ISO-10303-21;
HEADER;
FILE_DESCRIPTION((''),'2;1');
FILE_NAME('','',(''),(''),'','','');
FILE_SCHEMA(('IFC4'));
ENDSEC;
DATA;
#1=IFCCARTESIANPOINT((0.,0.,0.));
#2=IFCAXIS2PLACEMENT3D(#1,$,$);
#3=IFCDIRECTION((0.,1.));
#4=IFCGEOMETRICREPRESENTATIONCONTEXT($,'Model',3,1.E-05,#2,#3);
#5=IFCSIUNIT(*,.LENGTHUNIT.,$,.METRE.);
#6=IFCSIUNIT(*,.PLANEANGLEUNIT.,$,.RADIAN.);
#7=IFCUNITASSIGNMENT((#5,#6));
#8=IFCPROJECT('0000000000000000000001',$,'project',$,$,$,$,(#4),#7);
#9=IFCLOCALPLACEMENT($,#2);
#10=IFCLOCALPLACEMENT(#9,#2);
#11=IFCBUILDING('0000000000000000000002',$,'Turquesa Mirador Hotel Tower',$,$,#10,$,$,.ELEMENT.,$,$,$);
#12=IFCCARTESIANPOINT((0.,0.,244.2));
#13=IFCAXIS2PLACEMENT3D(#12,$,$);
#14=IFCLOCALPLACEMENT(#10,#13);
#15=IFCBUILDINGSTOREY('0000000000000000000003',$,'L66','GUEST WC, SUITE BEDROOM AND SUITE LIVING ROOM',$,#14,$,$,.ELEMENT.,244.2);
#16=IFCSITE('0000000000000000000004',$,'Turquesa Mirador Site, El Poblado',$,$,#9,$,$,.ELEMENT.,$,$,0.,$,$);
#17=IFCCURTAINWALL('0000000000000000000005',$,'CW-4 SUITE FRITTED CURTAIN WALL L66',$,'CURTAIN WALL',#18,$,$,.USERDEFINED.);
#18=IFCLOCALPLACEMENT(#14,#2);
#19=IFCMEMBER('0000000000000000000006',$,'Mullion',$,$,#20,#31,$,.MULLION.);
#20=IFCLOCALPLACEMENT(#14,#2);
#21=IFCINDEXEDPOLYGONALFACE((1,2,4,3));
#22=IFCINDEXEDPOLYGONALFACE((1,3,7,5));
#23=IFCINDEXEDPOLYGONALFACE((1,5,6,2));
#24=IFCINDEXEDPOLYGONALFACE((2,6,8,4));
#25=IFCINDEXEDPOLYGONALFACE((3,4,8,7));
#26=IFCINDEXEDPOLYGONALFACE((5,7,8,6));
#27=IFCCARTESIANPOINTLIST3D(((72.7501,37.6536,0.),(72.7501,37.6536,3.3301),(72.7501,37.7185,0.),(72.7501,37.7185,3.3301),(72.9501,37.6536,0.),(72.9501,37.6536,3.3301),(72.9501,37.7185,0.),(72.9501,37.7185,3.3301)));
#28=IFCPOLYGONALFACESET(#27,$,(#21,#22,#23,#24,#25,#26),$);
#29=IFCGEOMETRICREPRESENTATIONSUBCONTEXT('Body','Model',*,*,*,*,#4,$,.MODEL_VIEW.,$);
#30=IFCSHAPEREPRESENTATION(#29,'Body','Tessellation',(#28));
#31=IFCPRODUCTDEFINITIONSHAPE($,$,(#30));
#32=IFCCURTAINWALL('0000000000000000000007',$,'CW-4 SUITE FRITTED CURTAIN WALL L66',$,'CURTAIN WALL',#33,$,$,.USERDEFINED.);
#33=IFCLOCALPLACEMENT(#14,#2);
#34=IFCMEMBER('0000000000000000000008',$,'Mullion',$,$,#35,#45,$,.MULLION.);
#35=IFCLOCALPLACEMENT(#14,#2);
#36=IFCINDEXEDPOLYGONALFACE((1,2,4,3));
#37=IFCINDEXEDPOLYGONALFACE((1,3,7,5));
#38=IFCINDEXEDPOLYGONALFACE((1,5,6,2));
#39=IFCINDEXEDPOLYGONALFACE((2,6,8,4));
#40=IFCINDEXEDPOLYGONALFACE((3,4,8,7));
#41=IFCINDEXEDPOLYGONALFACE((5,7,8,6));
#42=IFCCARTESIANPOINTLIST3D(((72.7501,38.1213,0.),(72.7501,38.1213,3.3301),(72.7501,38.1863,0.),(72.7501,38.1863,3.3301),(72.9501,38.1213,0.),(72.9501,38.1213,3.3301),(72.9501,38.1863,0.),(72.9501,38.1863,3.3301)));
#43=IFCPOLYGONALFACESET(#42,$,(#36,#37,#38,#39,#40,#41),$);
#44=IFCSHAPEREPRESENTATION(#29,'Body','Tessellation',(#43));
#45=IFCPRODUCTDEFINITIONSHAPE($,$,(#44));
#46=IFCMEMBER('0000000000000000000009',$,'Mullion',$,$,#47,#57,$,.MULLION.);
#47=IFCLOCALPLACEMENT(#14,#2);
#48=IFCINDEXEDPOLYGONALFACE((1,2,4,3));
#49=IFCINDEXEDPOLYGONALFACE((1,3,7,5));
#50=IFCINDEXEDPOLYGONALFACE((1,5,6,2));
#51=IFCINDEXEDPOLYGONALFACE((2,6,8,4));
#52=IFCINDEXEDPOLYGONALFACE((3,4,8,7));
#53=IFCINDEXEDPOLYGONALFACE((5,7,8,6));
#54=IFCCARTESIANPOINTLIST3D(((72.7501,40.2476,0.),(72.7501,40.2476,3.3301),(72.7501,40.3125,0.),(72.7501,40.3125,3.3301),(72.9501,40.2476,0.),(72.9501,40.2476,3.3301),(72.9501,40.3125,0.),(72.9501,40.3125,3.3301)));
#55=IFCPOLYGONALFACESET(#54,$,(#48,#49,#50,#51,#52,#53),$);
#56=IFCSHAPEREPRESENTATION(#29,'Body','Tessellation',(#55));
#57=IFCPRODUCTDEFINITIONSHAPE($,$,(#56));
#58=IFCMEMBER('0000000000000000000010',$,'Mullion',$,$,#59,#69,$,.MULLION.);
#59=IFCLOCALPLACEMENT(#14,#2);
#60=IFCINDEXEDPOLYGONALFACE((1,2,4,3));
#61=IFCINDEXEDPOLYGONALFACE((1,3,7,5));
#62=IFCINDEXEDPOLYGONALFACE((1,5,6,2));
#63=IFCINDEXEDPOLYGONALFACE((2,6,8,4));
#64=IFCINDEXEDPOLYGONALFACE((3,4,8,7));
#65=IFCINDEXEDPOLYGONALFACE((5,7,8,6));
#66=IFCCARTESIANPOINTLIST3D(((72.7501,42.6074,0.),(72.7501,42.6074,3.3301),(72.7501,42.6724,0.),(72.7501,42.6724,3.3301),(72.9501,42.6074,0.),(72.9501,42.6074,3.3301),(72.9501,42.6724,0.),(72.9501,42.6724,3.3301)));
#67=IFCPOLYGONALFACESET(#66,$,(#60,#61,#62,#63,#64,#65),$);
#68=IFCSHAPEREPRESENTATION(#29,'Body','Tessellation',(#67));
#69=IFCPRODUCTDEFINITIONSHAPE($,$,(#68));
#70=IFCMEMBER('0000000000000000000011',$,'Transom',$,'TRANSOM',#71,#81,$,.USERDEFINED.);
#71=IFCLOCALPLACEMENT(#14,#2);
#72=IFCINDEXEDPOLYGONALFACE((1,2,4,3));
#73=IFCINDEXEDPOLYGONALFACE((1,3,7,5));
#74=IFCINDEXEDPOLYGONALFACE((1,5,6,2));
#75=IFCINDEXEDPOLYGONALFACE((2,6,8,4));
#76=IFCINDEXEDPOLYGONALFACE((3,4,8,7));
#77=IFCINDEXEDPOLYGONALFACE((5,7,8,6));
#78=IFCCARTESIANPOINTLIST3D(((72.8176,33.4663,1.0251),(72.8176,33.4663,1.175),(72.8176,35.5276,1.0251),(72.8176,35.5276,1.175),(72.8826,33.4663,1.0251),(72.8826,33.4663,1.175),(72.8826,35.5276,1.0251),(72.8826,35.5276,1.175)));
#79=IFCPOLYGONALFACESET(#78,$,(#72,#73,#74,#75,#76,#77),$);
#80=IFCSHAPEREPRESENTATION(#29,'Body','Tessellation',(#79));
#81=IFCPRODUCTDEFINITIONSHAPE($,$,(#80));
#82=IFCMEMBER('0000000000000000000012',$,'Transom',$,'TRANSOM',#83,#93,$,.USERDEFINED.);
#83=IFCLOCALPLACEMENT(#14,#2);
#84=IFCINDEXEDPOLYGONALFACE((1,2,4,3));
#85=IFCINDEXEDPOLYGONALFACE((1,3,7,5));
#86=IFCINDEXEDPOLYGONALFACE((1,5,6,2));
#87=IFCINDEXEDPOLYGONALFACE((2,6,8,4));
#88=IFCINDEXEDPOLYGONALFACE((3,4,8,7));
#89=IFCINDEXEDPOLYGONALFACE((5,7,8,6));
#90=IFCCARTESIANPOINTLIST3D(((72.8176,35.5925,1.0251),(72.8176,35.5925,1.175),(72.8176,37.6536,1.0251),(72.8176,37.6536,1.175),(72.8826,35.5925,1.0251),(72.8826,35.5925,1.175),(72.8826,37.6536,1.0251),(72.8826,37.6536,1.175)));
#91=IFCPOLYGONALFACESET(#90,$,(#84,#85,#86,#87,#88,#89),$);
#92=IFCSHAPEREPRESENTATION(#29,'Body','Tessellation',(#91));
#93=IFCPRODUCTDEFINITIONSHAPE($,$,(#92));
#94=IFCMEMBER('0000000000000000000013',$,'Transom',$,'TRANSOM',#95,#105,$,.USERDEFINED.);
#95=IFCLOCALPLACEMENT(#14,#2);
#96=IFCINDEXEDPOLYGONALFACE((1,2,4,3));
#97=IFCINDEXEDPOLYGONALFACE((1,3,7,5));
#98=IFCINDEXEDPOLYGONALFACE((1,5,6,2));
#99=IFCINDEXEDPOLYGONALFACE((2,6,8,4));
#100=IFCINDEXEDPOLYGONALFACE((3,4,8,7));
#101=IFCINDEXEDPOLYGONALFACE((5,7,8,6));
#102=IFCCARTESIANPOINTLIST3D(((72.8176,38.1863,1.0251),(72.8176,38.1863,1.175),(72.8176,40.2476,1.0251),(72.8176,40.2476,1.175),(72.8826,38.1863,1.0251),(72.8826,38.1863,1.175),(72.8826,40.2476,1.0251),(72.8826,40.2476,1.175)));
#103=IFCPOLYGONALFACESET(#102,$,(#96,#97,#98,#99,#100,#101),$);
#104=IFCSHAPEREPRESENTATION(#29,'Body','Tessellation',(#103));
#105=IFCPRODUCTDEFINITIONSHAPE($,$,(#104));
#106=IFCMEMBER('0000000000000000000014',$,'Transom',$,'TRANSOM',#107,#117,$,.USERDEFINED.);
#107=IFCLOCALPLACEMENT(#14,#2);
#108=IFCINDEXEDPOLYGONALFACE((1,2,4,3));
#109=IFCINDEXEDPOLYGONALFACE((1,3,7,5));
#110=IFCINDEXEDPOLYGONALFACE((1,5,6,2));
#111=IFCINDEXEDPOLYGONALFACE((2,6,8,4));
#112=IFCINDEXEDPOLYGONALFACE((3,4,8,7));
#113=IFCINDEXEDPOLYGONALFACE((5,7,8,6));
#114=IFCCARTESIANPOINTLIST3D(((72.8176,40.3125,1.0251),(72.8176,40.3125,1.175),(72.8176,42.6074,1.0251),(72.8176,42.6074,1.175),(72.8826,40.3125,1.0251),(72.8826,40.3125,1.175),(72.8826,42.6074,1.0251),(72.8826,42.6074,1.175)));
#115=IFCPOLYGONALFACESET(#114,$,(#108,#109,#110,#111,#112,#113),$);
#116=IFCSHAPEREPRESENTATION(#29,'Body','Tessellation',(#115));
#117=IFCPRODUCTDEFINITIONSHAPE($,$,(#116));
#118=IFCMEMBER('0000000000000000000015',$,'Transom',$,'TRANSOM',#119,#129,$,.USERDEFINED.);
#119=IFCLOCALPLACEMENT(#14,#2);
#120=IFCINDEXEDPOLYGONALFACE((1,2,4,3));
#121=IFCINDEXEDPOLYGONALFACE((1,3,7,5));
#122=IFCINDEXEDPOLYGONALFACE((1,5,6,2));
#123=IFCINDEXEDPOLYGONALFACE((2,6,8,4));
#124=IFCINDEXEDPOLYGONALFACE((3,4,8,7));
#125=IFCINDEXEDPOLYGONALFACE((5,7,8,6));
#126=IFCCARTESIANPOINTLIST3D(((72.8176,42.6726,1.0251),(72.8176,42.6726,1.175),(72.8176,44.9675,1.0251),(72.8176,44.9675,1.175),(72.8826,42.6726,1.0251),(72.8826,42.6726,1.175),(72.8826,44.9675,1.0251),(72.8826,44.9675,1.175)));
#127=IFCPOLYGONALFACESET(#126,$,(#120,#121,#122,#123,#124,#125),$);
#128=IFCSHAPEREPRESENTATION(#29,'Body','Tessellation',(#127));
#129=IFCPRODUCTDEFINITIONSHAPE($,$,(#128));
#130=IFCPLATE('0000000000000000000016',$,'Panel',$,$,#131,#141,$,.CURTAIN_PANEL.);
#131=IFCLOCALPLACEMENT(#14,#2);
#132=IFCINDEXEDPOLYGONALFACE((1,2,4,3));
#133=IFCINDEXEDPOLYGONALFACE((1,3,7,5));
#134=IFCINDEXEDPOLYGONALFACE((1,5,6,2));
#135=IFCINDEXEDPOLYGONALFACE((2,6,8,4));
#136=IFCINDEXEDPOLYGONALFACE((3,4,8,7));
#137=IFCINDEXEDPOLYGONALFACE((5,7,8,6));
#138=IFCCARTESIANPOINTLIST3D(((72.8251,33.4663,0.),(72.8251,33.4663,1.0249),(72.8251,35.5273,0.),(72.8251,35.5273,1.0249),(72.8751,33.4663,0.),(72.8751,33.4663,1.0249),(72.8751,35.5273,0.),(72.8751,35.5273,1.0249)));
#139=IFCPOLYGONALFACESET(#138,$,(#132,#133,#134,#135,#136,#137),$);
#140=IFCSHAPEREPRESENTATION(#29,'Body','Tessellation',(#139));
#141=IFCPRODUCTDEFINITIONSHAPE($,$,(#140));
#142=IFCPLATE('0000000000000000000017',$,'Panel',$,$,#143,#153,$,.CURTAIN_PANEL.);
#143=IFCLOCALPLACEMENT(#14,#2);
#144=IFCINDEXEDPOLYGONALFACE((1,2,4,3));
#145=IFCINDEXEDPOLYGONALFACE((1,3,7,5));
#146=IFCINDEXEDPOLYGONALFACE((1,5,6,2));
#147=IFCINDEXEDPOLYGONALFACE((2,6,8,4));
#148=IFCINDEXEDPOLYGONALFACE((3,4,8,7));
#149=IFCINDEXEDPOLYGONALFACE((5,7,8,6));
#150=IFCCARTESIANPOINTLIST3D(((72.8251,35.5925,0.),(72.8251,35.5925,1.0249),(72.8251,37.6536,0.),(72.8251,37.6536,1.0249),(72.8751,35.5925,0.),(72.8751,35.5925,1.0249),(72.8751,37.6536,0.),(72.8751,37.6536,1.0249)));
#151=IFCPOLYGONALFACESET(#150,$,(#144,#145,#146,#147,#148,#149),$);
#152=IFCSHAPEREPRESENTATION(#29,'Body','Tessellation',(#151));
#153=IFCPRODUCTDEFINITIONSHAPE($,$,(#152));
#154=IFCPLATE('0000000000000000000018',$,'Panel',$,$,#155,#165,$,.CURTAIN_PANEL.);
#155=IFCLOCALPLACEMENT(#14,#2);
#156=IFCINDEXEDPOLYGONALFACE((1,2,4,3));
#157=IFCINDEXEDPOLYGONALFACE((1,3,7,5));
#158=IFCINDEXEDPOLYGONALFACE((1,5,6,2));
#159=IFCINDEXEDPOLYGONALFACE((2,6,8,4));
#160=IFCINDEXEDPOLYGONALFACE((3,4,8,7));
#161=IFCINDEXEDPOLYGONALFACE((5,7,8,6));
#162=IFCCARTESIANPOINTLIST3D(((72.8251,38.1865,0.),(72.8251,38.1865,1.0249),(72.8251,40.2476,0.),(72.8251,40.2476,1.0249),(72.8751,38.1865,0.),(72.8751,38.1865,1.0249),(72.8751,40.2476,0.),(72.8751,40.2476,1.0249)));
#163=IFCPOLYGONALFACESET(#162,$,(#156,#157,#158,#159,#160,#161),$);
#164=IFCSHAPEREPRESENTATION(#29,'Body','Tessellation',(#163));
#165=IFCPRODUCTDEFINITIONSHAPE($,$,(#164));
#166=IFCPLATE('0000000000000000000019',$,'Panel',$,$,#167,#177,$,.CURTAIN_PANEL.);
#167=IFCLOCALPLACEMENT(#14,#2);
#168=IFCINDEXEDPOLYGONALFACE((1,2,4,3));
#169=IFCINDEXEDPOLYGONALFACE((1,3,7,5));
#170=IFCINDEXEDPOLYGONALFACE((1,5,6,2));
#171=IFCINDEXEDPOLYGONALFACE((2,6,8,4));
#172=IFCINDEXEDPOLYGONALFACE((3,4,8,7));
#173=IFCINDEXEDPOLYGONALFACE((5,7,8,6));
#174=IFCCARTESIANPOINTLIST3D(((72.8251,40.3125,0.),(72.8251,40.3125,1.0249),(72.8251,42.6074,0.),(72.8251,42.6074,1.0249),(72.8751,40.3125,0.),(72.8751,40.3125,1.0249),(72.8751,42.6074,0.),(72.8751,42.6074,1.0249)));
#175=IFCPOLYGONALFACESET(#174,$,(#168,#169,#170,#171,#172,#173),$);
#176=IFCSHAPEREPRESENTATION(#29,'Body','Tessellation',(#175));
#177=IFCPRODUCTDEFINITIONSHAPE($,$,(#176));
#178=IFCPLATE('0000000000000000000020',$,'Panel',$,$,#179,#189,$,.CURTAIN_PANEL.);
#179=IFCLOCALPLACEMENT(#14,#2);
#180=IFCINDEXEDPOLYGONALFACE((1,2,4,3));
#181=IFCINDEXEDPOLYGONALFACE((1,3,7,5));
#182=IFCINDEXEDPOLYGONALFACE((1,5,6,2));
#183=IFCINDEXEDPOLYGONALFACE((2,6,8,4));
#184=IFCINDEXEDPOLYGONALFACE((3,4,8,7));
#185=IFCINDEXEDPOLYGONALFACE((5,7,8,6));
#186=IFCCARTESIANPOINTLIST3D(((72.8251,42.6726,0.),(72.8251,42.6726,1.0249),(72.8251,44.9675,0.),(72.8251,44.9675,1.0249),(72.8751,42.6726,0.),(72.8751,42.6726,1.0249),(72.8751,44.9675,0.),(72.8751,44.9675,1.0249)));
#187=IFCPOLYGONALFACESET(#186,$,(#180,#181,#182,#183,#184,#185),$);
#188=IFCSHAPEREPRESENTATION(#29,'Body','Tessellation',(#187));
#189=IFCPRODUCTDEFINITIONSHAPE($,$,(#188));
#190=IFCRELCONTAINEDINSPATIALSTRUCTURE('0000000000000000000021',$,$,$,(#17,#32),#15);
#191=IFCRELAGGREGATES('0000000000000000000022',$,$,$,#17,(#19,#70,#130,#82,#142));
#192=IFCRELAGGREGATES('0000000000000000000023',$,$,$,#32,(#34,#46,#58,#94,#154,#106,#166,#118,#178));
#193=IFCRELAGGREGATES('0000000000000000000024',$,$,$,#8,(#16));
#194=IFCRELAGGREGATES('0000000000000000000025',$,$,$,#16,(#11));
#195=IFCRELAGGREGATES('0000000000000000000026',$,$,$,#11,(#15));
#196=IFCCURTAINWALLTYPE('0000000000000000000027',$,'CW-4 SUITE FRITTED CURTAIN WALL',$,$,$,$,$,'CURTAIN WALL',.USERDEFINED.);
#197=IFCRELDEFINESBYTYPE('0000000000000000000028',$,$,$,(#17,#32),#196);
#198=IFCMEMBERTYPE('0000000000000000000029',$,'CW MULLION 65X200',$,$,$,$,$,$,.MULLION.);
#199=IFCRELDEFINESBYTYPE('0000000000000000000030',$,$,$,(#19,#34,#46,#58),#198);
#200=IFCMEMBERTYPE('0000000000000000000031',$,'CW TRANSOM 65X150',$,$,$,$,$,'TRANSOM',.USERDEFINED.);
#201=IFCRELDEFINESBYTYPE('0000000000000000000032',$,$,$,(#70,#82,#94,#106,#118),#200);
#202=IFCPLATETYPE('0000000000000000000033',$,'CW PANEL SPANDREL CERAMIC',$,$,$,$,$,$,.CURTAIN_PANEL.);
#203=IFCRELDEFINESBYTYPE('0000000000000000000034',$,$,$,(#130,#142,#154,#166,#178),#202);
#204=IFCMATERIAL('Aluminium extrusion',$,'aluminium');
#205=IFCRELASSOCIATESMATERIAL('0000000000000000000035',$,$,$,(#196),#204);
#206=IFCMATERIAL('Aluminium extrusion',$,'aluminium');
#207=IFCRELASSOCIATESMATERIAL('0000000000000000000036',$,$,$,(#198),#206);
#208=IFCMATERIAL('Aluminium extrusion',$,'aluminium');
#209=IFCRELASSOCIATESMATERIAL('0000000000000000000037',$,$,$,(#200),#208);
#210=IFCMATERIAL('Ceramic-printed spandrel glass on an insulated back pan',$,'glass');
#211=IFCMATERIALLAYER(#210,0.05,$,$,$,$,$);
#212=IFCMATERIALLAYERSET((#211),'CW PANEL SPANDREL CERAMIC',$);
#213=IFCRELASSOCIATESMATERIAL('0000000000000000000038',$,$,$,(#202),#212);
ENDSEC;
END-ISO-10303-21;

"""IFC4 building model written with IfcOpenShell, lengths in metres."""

from ifc_helpers import new_model, si_unit, direction, frame, origin, origin_2d, place, context, subcontext, project, spatial, rectangle, extrude, material, layer, layer_set, material_profile, profile_set, type_object, element, aggregate, save


model = new_model("IFC4")

# Units and contexts
model_context = context("Model", 3, precision=1e-05, world=origin(), true_north=direction((0.0, 1.0)))
body_context = subcontext(model_context, "Body", "Model", "MODEL_VIEW")
ifc_project = project(units=[si_unit("LENGTHUNIT", "METRE"), si_unit("PLANEANGLEUNIT", "RADIAN")], contexts=[model_context])

# Site, building, storey
site_placement = place(None, origin())
site = spatial("IfcSite", under=ifc_project, at=site_placement, Name="Turquesa Mirador Site, El Poblado", CompositionType="ELEMENT", RefElevation=0.0)
building_placement = place(site_placement, origin())
building = spatial("IfcBuilding", under=site, at=building_placement, Name="Turquesa Mirador Hotel Tower", CompositionType="ELEMENT")
storey_placement = place(building_placement, frame((0.0, 0.0, 244.2)))
storey = spatial("IfcBuildingStorey", under=building, at=storey_placement, Name="L66", Description="GUEST WC, SUITE BEDROOM AND SUITE LIVING ROOM", CompositionType="ELEMENT", Elevation=244.2)

# Curtain walls, members
ifc_material_1 = material(Name="Aluminium extrusion", Category="aluminium")
curtain_wall_type = type_object("IfcCurtainWallType", Name="CW-4 SUITE FRITTED CURTAIN WALL", ElementType="CURTAIN WALL", PredefinedType="USERDEFINED", material=ifc_material_1)
curtain_wall_1_placement = place(storey_placement, origin())
curtain_wall_1 = element("IfcCurtainWall", 1, at=curtain_wall_1_placement, inside=storey, type_object=curtain_wall_type, Name="CW-4 SUITE FRITTED CURTAIN WALL L66", ObjectType="CURTAIN WALL", PredefinedType="USERDEFINED")
ifc_material_2 = material(Name="Aluminium extrusion", Category="aluminium")
ifc_material_profile_1 = material_profile(ifc_material_2, rectangle(XDim=0.0649, YDim=0.2, at=origin_2d()), Name="MULLION 65X200")
ifc_profile_set_1 = profile_set([ifc_material_profile_1], Name="Aluminium extrusion")
member_type_1 = type_object("IfcMemberType", Name="CW MULLION 65X200", PredefinedType="MULLION", material=ifc_profile_set_1)
member_1_placement = place(storey_placement, frame((72.8501, 37.686, 0.0), z_axis=(0.0, 0.0, 1.0), x_axis=(0.0, 1.0, 0.0)))
member_1 = element("IfcMember", 2, at=member_1_placement, type_object=member_type_1, Name="Mullion", PredefinedType="MULLION", context=body_context, shape_type="SweptSolid", body=[
    extrude(rectangle(XDim=0.0649, YDim=0.2, at=origin_2d()), origin(), (0.0, 0.0, 1.0), 3.3301),
])
curtain_wall_2_placement = place(storey_placement, origin())
curtain_wall_2 = element("IfcCurtainWall", 3, at=curtain_wall_2_placement, inside=storey, type_object=curtain_wall_type, Name="CW-4 SUITE FRITTED CURTAIN WALL L66", ObjectType="CURTAIN WALL", PredefinedType="USERDEFINED")
member_2_placement = place(storey_placement, frame((72.8501, 38.1538, 0.0), z_axis=(0.0, 0.0, 1.0), x_axis=(0.0, 1.0, 0.0)))
member_2 = element("IfcMember", 4, at=member_2_placement, type_object=member_type_1, Name="Mullion", PredefinedType="MULLION", context=body_context, shape_type="SweptSolid", body=[
    extrude(rectangle(XDim=0.0649, YDim=0.2, at=origin_2d()), origin(), (0.0, 0.0, 1.0), 3.3301),
])
member_3_placement = place(storey_placement, frame((72.8501, 40.28, 0.0), z_axis=(0.0, 0.0, 1.0), x_axis=(0.0, 1.0, 0.0)))
member_3 = element("IfcMember", 5, at=member_3_placement, type_object=member_type_1, Name="Mullion", PredefinedType="MULLION", context=body_context, shape_type="SweptSolid", body=[
    extrude(rectangle(XDim=0.0649, YDim=0.2, at=origin_2d()), origin(), (0.0, 0.0, 1.0), 3.3301),
])
member_4_placement = place(storey_placement, frame((72.8501, 42.6399, 0.0), z_axis=(0.0, 0.0, 1.0), x_axis=(0.0, 1.0, 0.0)))
member_4 = element("IfcMember", 6, at=member_4_placement, type_object=member_type_1, Name="Mullion", PredefinedType="MULLION", context=body_context, shape_type="SweptSolid", body=[
    extrude(rectangle(XDim=0.0649, YDim=0.2, at=origin_2d()), origin(), (0.0, 0.0, 1.0), 3.3301),
])

# Members
ifc_material_3 = material(Name="Aluminium extrusion", Category="aluminium")
ifc_material_profile_2 = material_profile(ifc_material_3, rectangle(XDim=0.0649, YDim=0.1499, at=origin_2d()), Name="TRANSOM 65X150")
ifc_profile_set_2 = profile_set([ifc_material_profile_2], Name="Aluminium extrusion")
member_type_2 = type_object("IfcMemberType", Name="CW TRANSOM 65X150", ElementType="TRANSOM", PredefinedType="USERDEFINED", material=ifc_profile_set_2)
member_5_placement = place(storey_placement, frame((72.8501, 33.4663, 1.1001), z_axis=(0.0, 1.0, 0.0), x_axis=(-1.0, 0.0, 0.0)))
member_5 = element("IfcMember", 7, at=member_5_placement, type_object=member_type_2, Name="Transom", ObjectType="TRANSOM", PredefinedType="USERDEFINED", context=body_context, shape_type="SweptSolid", body=[
    extrude(rectangle(XDim=0.0649, YDim=0.1499, at=origin_2d()), origin(), (0.0, 0.0, 1.0), 2.0613),
])
member_6_placement = place(storey_placement, frame((72.8501, 35.5925, 1.1001), z_axis=(0.0, 1.0, 0.0), x_axis=(-1.0, 0.0, 0.0)))
member_6 = element("IfcMember", 8, at=member_6_placement, type_object=member_type_2, Name="Transom", ObjectType="TRANSOM", PredefinedType="USERDEFINED", context=body_context, shape_type="SweptSolid", body=[
    extrude(rectangle(XDim=0.0649, YDim=0.1499, at=origin_2d()), origin(), (0.0, 0.0, 1.0), 2.061),
])
member_7_placement = place(storey_placement, frame((72.8501, 38.1863, 1.1001), z_axis=(0.0, 1.0, 0.0), x_axis=(-1.0, 0.0, 0.0)))
member_7 = element("IfcMember", 9, at=member_7_placement, type_object=member_type_2, Name="Transom", ObjectType="TRANSOM", PredefinedType="USERDEFINED", context=body_context, shape_type="SweptSolid", body=[
    extrude(rectangle(XDim=0.0649, YDim=0.1499, at=origin_2d()), origin(), (0.0, 0.0, 1.0), 2.0613),
])
member_8_placement = place(storey_placement, frame((72.8501, 40.3125, 1.1001), z_axis=(0.0, 1.0, 0.0), x_axis=(-1.0, 0.0, 0.0)))
member_8 = element("IfcMember", 10, at=member_8_placement, type_object=member_type_2, Name="Transom", ObjectType="TRANSOM", PredefinedType="USERDEFINED", context=body_context, shape_type="SweptSolid", body=[
    extrude(rectangle(XDim=0.0649, YDim=0.1499, at=origin_2d()), origin(), (0.0, 0.0, 1.0), 2.2949),
])
member_9_placement = place(storey_placement, frame((72.8501, 42.6726, 1.1001), z_axis=(0.0, 1.0, 0.0), x_axis=(-1.0, 0.0, 0.0)))
member_9 = element("IfcMember", 11, at=member_9_placement, type_object=member_type_2, Name="Transom", ObjectType="TRANSOM", PredefinedType="USERDEFINED", context=body_context, shape_type="SweptSolid", body=[
    extrude(rectangle(XDim=0.0649, YDim=0.1499, at=origin_2d()), origin(), (0.0, 0.0, 1.0), 2.2949),
])

# Plates
ifc_material_4 = material(Name="Ceramic-printed spandrel glass on an insulated back pan", Category="glass")
ifc_layer_1 = layer(ifc_material_4, 0.05)
ifc_layer_set_1 = layer_set([ifc_layer_1], Name="CW PANEL SPANDREL CERAMIC")
plate_type_1 = type_object("IfcPlateType", Name="CW PANEL SPANDREL CERAMIC", PredefinedType="CURTAIN_PANEL", material=ifc_layer_set_1)
plate_1_placement = place(storey_placement, frame((72.8501, 34.4968, 0.0), z_axis=(0.0, 0.0, 1.0), x_axis=(0.0, 1.0, 0.0)))
plate_1 = element("IfcPlate", 12, at=plate_1_placement, type_object=plate_type_1, Name="Panel", PredefinedType="CURTAIN_PANEL", context=body_context, shape_type="SweptSolid", body=[
    extrude(rectangle(XDim=2.061, YDim=0.05, at=origin_2d()), origin(), (0.0, 0.0, 1.0), 1.0249),
])
plate_2_placement = place(storey_placement, frame((72.8501, 36.623, 0.0), z_axis=(0.0, 0.0, 1.0), x_axis=(0.0, 1.0, 0.0)))
plate_2 = element("IfcPlate", 13, at=plate_2_placement, type_object=plate_type_1, Name="Panel", PredefinedType="CURTAIN_PANEL", context=body_context, shape_type="SweptSolid", body=[
    extrude(rectangle(XDim=2.061, YDim=0.05, at=origin_2d()), origin(), (0.0, 0.0, 1.0), 1.0249),
])
plate_3_placement = place(storey_placement, frame((72.8501, 39.217, 0.0), z_axis=(0.0, 0.0, 1.0), x_axis=(0.0, 1.0, 0.0)))
plate_3 = element("IfcPlate", 14, at=plate_3_placement, type_object=plate_type_1, Name="Panel", PredefinedType="CURTAIN_PANEL", context=body_context, shape_type="SweptSolid", body=[
    extrude(rectangle(XDim=2.061, YDim=0.05, at=origin_2d()), origin(), (0.0, 0.0, 1.0), 1.0249),
])
plate_4_placement = place(storey_placement, frame((72.8501, 41.46, 0.0), z_axis=(0.0, 0.0, 1.0), x_axis=(0.0, 1.0, 0.0)))
plate_4 = element("IfcPlate", 15, at=plate_4_placement, type_object=plate_type_1, Name="Panel", PredefinedType="CURTAIN_PANEL", context=body_context, shape_type="SweptSolid", body=[
    extrude(rectangle(XDim=2.2949, YDim=0.05, at=origin_2d()), origin(), (0.0, 0.0, 1.0), 1.0249),
])
plate_5_placement = place(storey_placement, frame((72.8501, 43.8201, 0.0), z_axis=(0.0, 0.0, 1.0), x_axis=(0.0, 1.0, 0.0)))
plate_5 = element("IfcPlate", 16, at=plate_5_placement, type_object=plate_type_1, Name="Panel", PredefinedType="CURTAIN_PANEL", context=body_context, shape_type="SweptSolid", body=[
    extrude(rectangle(XDim=2.2949, YDim=0.05, at=origin_2d()), origin(), (0.0, 0.0, 1.0), 1.0249),
])
aggregate(curtain_wall_1, [member_1, member_5, plate_1, member_6, plate_2])
aggregate(curtain_wall_2, [member_2, member_3, member_4, member_7, plate_3, member_8, plate_4, member_9, plate_5])

save(model, "model.ifc")
